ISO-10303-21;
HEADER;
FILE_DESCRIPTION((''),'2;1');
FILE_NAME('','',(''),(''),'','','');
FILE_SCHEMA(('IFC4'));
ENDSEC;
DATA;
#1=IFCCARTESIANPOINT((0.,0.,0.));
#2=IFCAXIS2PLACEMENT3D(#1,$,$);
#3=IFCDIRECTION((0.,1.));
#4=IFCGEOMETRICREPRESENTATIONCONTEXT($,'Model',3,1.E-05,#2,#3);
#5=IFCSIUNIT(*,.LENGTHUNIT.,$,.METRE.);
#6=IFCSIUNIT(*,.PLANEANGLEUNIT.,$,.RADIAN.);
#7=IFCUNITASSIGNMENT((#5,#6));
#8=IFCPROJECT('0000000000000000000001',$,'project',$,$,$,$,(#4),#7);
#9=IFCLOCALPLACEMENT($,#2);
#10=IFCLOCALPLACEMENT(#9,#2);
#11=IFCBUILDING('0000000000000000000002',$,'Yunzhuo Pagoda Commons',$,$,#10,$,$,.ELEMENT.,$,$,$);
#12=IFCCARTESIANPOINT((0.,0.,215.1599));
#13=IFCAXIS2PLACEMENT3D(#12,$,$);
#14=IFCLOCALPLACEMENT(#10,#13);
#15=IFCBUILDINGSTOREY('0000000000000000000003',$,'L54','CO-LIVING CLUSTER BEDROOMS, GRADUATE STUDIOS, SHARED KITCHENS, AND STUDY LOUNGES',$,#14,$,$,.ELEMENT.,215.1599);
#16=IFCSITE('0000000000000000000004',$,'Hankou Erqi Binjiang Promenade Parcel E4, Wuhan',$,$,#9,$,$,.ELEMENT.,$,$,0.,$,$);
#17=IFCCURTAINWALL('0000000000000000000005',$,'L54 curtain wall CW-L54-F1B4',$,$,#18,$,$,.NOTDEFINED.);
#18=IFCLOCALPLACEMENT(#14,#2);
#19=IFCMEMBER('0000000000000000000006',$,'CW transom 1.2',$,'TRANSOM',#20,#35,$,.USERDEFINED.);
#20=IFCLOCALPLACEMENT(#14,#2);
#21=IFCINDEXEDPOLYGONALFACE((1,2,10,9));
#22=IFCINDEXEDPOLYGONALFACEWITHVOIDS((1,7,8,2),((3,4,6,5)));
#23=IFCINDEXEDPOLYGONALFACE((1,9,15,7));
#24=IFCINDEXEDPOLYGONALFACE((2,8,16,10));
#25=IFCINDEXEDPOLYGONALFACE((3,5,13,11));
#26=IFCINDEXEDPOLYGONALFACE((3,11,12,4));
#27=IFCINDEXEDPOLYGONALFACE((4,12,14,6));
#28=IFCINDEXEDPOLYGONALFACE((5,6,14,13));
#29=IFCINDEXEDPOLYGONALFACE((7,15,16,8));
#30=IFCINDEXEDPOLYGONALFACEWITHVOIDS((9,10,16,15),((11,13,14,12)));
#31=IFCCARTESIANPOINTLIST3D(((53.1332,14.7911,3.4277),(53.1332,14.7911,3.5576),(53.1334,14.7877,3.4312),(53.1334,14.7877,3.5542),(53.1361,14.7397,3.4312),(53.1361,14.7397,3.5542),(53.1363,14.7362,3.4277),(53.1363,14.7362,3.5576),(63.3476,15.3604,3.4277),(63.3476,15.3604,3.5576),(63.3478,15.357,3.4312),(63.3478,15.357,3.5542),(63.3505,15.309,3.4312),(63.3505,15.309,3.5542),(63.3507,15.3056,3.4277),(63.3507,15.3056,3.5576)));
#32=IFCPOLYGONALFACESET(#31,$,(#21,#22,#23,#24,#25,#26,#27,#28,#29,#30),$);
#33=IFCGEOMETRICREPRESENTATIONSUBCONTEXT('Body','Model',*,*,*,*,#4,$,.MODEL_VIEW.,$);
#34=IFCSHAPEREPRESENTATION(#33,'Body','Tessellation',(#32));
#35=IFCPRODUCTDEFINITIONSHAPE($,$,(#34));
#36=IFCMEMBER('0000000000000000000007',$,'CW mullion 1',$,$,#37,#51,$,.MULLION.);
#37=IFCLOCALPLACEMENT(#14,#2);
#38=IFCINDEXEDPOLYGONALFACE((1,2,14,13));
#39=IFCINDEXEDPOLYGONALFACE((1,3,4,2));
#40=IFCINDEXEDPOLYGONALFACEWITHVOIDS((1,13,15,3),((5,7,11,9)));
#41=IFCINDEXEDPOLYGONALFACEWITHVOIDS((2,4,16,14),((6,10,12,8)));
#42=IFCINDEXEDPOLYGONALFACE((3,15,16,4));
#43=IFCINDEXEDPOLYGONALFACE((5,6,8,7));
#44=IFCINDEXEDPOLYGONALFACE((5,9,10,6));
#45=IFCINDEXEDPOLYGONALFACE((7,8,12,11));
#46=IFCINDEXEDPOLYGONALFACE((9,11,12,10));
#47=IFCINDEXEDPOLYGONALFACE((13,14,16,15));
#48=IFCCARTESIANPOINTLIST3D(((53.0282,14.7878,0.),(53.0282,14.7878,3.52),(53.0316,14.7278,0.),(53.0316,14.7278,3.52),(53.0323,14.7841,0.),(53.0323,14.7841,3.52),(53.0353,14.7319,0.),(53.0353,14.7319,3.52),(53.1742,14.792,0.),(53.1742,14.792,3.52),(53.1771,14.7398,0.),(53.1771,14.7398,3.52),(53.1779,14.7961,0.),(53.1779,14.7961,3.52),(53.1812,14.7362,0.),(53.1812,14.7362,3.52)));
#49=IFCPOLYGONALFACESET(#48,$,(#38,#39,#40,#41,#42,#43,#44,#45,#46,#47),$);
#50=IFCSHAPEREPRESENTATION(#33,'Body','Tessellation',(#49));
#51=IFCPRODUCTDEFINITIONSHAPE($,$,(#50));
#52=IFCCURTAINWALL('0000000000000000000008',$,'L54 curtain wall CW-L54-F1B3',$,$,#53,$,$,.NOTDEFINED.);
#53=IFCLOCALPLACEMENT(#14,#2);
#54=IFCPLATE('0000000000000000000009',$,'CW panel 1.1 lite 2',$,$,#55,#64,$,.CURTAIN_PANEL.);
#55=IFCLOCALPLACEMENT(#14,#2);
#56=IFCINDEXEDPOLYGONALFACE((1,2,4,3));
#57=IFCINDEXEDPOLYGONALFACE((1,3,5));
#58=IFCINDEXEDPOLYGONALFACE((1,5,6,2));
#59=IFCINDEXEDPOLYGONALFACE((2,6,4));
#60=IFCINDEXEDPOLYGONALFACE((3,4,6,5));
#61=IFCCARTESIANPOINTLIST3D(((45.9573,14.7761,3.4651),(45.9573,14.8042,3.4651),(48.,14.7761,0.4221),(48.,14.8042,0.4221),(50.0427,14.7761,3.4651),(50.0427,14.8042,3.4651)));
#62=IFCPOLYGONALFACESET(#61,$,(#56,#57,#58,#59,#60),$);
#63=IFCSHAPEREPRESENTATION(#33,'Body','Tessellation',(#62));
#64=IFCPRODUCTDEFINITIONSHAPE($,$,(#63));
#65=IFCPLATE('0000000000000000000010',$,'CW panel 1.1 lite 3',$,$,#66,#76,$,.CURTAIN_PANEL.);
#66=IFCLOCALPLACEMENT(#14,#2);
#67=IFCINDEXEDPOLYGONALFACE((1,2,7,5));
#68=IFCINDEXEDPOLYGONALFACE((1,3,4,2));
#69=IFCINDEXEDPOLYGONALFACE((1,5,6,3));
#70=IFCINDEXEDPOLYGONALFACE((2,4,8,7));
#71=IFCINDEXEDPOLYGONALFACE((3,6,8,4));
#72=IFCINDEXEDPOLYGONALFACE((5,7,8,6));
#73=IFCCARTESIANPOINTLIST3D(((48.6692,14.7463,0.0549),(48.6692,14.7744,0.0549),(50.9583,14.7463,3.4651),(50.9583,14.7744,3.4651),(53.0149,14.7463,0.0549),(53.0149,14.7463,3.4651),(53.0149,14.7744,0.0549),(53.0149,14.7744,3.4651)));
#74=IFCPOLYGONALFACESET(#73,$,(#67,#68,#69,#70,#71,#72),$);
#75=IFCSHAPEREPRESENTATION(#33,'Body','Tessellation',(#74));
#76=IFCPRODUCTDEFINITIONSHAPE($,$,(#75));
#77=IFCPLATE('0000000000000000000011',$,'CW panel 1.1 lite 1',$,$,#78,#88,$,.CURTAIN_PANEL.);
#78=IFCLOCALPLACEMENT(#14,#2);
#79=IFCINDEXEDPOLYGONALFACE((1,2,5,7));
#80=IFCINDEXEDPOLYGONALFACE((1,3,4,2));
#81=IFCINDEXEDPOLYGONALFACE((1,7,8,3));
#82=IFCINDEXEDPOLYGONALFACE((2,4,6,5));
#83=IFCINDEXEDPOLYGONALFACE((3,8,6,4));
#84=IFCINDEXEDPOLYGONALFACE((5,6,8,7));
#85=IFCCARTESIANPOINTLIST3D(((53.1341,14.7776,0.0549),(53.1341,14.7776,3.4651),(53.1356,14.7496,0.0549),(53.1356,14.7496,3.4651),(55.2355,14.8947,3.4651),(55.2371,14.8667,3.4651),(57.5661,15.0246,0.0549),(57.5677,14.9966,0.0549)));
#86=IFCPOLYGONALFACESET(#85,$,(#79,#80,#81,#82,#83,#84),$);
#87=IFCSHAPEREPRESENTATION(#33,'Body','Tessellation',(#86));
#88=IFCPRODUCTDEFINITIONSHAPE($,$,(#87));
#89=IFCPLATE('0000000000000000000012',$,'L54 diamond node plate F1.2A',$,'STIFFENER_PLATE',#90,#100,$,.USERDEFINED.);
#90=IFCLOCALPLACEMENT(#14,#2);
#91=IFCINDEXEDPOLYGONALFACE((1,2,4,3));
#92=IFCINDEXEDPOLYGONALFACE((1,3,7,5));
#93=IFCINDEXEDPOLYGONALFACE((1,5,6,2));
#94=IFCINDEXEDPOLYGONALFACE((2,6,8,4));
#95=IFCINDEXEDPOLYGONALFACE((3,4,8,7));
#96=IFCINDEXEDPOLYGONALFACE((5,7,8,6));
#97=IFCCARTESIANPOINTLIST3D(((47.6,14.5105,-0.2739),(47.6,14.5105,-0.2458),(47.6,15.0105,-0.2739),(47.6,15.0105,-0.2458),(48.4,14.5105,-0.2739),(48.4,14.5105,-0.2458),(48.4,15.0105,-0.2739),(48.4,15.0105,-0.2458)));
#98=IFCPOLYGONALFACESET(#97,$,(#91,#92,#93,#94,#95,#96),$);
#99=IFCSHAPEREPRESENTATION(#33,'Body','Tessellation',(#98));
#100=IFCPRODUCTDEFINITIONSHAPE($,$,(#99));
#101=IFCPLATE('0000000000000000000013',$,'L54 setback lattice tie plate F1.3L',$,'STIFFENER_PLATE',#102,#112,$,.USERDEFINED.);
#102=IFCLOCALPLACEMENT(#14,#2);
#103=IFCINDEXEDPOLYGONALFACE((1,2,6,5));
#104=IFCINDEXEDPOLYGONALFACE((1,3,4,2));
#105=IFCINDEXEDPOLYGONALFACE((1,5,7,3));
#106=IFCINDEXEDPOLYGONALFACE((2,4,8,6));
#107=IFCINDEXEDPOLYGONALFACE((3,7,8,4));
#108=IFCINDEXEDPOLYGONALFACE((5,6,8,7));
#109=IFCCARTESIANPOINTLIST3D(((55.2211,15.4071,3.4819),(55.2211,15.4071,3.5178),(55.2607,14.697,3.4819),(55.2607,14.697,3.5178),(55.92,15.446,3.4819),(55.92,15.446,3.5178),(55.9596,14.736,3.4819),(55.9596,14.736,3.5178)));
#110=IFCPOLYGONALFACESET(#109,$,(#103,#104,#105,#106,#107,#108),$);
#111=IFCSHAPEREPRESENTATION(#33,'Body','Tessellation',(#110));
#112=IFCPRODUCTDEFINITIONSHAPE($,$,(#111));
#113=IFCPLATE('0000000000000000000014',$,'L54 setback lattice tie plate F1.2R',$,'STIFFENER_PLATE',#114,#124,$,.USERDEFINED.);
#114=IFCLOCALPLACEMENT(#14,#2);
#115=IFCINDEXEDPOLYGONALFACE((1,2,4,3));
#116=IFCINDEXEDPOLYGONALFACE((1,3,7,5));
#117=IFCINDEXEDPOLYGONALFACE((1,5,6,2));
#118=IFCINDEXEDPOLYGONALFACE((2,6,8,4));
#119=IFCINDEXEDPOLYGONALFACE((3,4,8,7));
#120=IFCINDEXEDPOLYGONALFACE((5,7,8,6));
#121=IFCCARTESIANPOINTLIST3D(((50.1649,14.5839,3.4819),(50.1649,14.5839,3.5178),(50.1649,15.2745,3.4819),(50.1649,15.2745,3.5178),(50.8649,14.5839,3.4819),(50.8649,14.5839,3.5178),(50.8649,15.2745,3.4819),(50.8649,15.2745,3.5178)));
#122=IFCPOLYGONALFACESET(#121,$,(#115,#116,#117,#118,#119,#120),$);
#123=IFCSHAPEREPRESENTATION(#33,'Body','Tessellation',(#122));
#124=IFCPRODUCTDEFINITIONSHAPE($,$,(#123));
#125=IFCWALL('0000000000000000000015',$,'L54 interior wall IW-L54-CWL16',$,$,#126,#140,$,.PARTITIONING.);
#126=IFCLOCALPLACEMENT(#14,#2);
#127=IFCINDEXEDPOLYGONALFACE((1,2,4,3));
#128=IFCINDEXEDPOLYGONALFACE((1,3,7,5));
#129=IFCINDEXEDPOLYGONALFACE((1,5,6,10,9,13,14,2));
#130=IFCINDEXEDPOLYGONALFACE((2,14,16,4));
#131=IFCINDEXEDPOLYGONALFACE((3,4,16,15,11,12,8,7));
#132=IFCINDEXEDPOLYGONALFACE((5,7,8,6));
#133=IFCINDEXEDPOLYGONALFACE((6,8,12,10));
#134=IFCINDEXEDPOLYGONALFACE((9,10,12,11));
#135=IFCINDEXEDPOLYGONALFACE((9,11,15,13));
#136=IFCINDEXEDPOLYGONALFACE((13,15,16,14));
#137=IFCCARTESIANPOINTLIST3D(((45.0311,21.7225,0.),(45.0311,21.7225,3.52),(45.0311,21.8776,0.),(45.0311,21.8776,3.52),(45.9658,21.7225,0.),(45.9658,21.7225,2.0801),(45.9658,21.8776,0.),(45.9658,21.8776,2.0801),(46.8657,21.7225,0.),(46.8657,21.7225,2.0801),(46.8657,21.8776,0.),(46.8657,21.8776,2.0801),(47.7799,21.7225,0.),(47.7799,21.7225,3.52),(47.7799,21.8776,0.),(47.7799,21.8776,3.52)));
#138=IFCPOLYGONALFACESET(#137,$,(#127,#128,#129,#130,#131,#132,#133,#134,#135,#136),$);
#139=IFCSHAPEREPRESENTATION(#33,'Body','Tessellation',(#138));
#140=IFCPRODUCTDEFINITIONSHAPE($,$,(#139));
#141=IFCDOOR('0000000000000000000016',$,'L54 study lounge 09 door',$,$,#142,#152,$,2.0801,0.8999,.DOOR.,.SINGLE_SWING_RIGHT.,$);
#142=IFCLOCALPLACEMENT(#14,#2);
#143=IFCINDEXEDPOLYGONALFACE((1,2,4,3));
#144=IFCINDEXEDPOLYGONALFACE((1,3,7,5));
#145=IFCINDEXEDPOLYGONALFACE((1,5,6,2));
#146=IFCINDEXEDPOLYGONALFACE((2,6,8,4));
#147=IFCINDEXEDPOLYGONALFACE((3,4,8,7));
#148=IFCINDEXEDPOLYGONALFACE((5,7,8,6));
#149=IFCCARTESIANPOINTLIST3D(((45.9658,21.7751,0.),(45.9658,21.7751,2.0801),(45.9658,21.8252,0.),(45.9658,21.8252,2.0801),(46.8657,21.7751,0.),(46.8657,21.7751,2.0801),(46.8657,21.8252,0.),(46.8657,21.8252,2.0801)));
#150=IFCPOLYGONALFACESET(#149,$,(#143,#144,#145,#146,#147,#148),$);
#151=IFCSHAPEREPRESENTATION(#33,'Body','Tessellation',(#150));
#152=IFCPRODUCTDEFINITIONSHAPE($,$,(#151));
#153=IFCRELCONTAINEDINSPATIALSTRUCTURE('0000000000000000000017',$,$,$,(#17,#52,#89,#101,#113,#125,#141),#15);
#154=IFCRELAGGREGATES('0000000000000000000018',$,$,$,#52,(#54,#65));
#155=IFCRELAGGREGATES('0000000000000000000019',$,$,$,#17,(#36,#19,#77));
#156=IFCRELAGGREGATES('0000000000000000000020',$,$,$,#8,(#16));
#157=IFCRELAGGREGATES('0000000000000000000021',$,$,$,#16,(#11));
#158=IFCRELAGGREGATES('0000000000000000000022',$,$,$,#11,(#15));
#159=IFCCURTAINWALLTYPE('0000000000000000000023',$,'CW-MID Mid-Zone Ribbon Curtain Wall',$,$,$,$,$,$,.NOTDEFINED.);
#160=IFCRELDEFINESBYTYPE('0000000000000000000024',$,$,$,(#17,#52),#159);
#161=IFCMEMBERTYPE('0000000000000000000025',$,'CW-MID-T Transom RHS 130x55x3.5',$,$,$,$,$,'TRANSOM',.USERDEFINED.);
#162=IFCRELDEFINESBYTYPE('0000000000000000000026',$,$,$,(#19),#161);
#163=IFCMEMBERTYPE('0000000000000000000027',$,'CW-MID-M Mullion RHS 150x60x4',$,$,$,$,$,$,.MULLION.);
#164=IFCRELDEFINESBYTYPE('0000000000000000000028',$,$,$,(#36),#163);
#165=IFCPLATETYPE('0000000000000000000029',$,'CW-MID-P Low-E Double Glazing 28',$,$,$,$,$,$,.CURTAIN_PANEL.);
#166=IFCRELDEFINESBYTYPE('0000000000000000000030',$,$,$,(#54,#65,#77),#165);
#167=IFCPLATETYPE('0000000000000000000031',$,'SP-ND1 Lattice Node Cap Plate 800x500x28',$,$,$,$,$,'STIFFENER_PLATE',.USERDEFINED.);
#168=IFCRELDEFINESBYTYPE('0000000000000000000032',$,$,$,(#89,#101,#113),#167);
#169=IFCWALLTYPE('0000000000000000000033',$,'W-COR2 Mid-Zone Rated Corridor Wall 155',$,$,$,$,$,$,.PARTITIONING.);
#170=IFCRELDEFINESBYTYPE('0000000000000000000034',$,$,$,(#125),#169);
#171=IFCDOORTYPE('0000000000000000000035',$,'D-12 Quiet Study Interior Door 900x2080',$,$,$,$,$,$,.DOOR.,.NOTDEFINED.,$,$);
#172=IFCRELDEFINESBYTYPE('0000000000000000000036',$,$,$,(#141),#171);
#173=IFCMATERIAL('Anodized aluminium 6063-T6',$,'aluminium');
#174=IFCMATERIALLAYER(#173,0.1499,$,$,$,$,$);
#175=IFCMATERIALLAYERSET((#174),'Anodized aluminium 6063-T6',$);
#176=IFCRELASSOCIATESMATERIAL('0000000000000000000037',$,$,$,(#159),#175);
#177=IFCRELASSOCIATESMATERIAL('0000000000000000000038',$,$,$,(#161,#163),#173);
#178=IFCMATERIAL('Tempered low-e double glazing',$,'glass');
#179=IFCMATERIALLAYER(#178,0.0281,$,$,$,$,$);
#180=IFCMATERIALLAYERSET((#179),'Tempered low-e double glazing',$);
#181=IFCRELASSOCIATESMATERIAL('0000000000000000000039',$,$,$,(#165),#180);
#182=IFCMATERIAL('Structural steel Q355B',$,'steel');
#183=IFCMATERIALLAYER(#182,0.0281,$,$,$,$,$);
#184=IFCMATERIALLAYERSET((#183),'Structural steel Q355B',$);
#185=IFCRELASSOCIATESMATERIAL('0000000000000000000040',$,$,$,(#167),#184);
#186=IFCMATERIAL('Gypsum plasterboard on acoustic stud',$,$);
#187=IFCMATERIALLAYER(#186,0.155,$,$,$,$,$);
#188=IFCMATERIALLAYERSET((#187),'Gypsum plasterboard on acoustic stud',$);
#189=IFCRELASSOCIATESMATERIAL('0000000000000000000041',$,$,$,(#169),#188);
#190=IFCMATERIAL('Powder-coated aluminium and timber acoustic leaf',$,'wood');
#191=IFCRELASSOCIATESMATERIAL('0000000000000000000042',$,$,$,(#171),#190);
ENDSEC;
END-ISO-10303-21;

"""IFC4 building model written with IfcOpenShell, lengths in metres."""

from ifc_helpers import new_model, si_unit, direction, frame, frame_2d, origin, origin_with_axes, origin_2d, place, context, subcontext, project, spatial, polyline, rectangle, hollow_rectangle, outline, extrude, source, transform, mapped, material, layer, layer_set, material_profile, profile_set, type_object, element, fill, aggregate, save


model = new_model("IFC4")

# Units and contexts
model_context = context("Model", 3, precision=1e-05, world=origin(), true_north=direction((0.0, 1.0)))
body_context = subcontext(model_context, "Body", "Model", "MODEL_VIEW")
ifc_project = project(units=[si_unit("LENGTHUNIT", "METRE"), si_unit("PLANEANGLEUNIT", "RADIAN")], contexts=[model_context])

# Site, building, storey
site_placement = place(None, origin())
site = spatial("IfcSite", under=ifc_project, at=site_placement, Name="Hankou Erqi Binjiang Promenade Parcel E4, Wuhan", CompositionType="ELEMENT", RefElevation=0.0)
building_placement = place(site_placement, origin())
building = spatial("IfcBuilding", under=site, at=building_placement, Name="Yunzhuo Pagoda Commons", CompositionType="ELEMENT")
storey_placement = place(building_placement, frame((0.0, 0.0, 215.1599)))
storey = spatial("IfcBuildingStorey", under=building, at=storey_placement, Name="L54", Description="CO-LIVING CLUSTER BEDROOMS, GRADUATE STUDIOS, SHARED KITCHENS, AND STUDY LOUNGES", CompositionType="ELEMENT", Elevation=215.1599)

# Shared definitions
ifc_material_1 = material(Name="Structural steel Q355B", Category="steel")

# Curtain wall, members
ifc_material_2 = material(Name="Anodized aluminium 6063-T6", Category="aluminium")
ifc_layer_1 = layer(ifc_material_2, 0.1499)
ifc_layer_set_1 = layer_set([ifc_layer_1], Name="Anodized aluminium 6063-T6")
curtain_wall_type = type_object("IfcCurtainWallType", Name="CW-MID Mid-Zone Ribbon Curtain Wall", PredefinedType="NOTDEFINED", material=ifc_layer_set_1)
curtain_wall_1_placement = place(storey_placement, origin())
curtain_wall_1 = element("IfcCurtainWall", 1, at=curtain_wall_1_placement, inside=storey, type_object=curtain_wall_type, Name="L54 curtain wall CW-L54-F1B4", PredefinedType="NOTDEFINED")
ifc_material_profile_1 = material_profile(ifc_material_2, hollow_rectangle(XDim=0.0549, YDim=0.1299, WallThickness=0.0034, at=origin_2d()), Name="Anodized aluminium 6063-T6")
ifc_profile_set_1 = profile_set([ifc_material_profile_1], Name="Anodized aluminium 6063-T6")
member_type_1 = type_object("IfcMemberType", Name="CW-MID-T Transom RHS 130x55x3.5", ElementType="TRANSOM", PredefinedType="USERDEFINED", material=ifc_profile_set_1)
shared_shape_1 = source(origin(), body_context, "Body", "SweptSolid", [
    extrude(hollow_rectangle(XDim=0.0549, YDim=0.1299, WallThickness=0.0034, at=origin_2d()), origin(), (0.0, 0.0, 1.0), 10.2302),
])
member_1_placement = place(storey_placement, frame((53.1348, 14.7637, 3.4927), z_axis=(0.99845, 0.055652, 0.0), x_axis=(-0.055652, 0.99845, 0.0)))
member_1 = element("IfcMember", 2, at=member_1_placement, type_object=member_type_1, Name="CW transom 1.2", ObjectType="TRANSOM", PredefinedType="USERDEFINED", context=body_context, shape_type="MappedRepresentation", body=[
    mapped(shared_shape_1, transform((0.0, 0.0, 0.0), scale=1.0)),
])
ifc_material_profile_2 = material_profile(ifc_material_2, hollow_rectangle(XDim=0.0601, YDim=0.1499, WallThickness=0.0039, at=origin_2d()), Name="Anodized aluminium 6063-T6")
ifc_profile_set_2 = profile_set([ifc_material_profile_2], Name="Anodized aluminium 6063-T6")
member_type_2 = type_object("IfcMemberType", Name="CW-MID-M Mullion RHS 150x60x4", PredefinedType="MULLION", material=ifc_profile_set_2)
shared_shape_2 = source(origin(), body_context, "Body", "SweptSolid", [
    extrude(hollow_rectangle(XDim=0.0601, YDim=0.1499, WallThickness=0.0039, at=origin_2d()), origin(), (0.0, 0.0, 1.0), 3.52),
])
member_2_placement = place(storey_placement, frame((53.1047, 14.762, 0.0), z_axis=(0.0, 0.0, 1.0), x_axis=(-0.055642, 0.998451, 0.0)))
member_2 = element("IfcMember", 3, at=member_2_placement, type_object=member_type_2, Name="CW mullion 1", PredefinedType="MULLION", context=body_context, shape_type="MappedRepresentation", body=[
    mapped(shared_shape_2, transform((0.0, 0.0, 0.0), scale=1.0)),
])

# Curtain wall, plates
curtain_wall_2_placement = place(storey_placement, origin())
curtain_wall_2 = element("IfcCurtainWall", 4, at=curtain_wall_2_placement, inside=storey, type_object=curtain_wall_type, Name="L54 curtain wall CW-L54-F1B3", PredefinedType="NOTDEFINED")
ifc_material_3 = material(Name="Tempered low-e double glazing", Category="glass")
ifc_layer_2 = layer(ifc_material_3, 0.0281)
ifc_layer_set_2 = layer_set([ifc_layer_2], Name="Tempered low-e double glazing")
plate_type_1 = type_object("IfcPlateType", Name="CW-MID-P Low-E Double Glazing 28", PredefinedType="CURTAIN_PANEL", material=ifc_layer_set_2)
plate_1_placement = place(storey_placement, frame((48.0, 14.8042, 1.9436), z_axis=(0.0, -1.0, 0.0), x_axis=(1.0, 0.0, 0.0)))
plate_1 = element("IfcPlate", 5, at=plate_1_placement, type_object=plate_type_1, Name="CW panel 1.1 lite 2", PredefinedType="CURTAIN_PANEL", context=body_context, shape_type="SweptSolid", body=[
    extrude(outline(polyline([(-2.0427, 1.5215), (0.0, -1.5215), (2.0427, 1.5215), (-2.0427, 1.5215)])), origin(), (0.0, 0.0, 1.0), 0.0281),
])
plate_2_placement = place(storey_placement, frame((50.842, 14.7744, 1.76), z_axis=(0.0, -1.0, 0.0), x_axis=(1.0, 0.0, 0.0)))
plate_2 = element("IfcPlate", 6, at=plate_2_placement, type_object=plate_type_1, Name="CW panel 1.1 lite 3", PredefinedType="CURTAIN_PANEL", context=body_context, shape_type="SweptSolid", body=[
    extrude(outline(polyline([(-2.1729, -1.7051), (2.1729, -1.7051), (2.1729, 1.7051), (0.1162, 1.7051), (-2.1729, -1.7051)])), origin(), (0.0, 0.0, 1.0), 0.0281),
])
aggregate(curtain_wall_2, [plate_1, plate_2])

# Plate
plate_3_placement = place(storey_placement, frame((55.3501, 14.9011, 1.76), z_axis=(0.055642, -0.998451, 0.0), x_axis=(0.998451, 0.055642, 0.0)))
plate_3 = element("IfcPlate", 7, at=plate_3_placement, type_object=plate_type_1, Name="CW panel 1.1 lite 1", PredefinedType="CURTAIN_PANEL", context=body_context, shape_type="SweptSolid", body=[
    extrude(outline(polyline([(-2.2195, -1.7051), (2.2195, -1.7051), (-0.1147, 1.7051), (-2.2195, 1.7051), (-2.2195, -1.7051)])), origin(), (0.0, 0.0, 1.0), 0.0281),
])
aggregate(curtain_wall_1, [member_2, member_1, plate_3])

# Plates
ifc_layer_3 = layer(ifc_material_1, 0.0281)
ifc_layer_set_3 = layer_set([ifc_layer_3], Name="Structural steel Q355B")
plate_type_2 = type_object("IfcPlateType", Name="SP-ND1 Lattice Node Cap Plate 800x500x28", ElementType="STIFFENER_PLATE", PredefinedType="USERDEFINED", material=ifc_layer_set_3)
shared_shape_3 = source(origin(), body_context, "Body", "SweptSolid", [
    extrude(rectangle(XDim=0.8, YDim=0.5, at=origin_2d()), origin(), (0.0, 0.0, 1.0), 0.0281),
])
plate_4_placement = place(storey_placement, frame((48.0, 14.7605, -0.2739), z_axis=(0.0, 0.0, 1.0), x_axis=(1.0, 0.0, 0.0)))
element("IfcPlate", 8, at=plate_4_placement, inside=storey, type_object=plate_type_2, Name="L54 diamond node plate F1.2A", ObjectType="STIFFENER_PLATE", PredefinedType="USERDEFINED", context=body_context, shape_type="MappedRepresentation", body=[
    mapped(shared_shape_3, transform((0.0, 0.0, 0.0), scale=1.0)),
])
shared_shape_4 = source(origin(), body_context, "Body", "SweptSolid", [
    extrude(rectangle(XDim=0.7, YDim=0.7112, at=origin_2d()), origin(), (0.0, 0.0, 1.0), 0.0359),
])
plate_5_placement = place(storey_placement, frame((55.5903, 15.0715, 3.4819), z_axis=(0.0, 0.0, 1.0), x_axis=(0.99845, 0.055647, 0.0)))
element("IfcPlate", 9, at=plate_5_placement, inside=storey, type_object=plate_type_2, Name="L54 setback lattice tie plate F1.3L", ObjectType="STIFFENER_PLATE", PredefinedType="USERDEFINED", context=body_context, shape_type="MappedRepresentation", body=[
    mapped(shared_shape_4, transform((0.0, 0.0, 0.0), scale=1.0)),
])
shared_shape_5 = source(origin(), body_context, "Body", "SweptSolid", [
    extrude(rectangle(XDim=0.7, YDim=0.6907, at=origin_2d()), origin(), (0.0, 0.0, 1.0), 0.0359),
])
plate_6_placement = place(storey_placement, frame((50.5149, 14.9292, 3.4819), z_axis=(0.0, 0.0, 1.0), x_axis=(1.0, 0.0, 0.0)))
element("IfcPlate", 10, at=plate_6_placement, inside=storey, type_object=plate_type_2, Name="L54 setback lattice tie plate F1.2R", ObjectType="STIFFENER_PLATE", PredefinedType="USERDEFINED", context=body_context, shape_type="MappedRepresentation", body=[
    mapped(shared_shape_5, transform((0.0, 0.0, 0.0), scale=1.0)),
])

# Wall, opening, door
ifc_material_4 = material(Name="Gypsum plasterboard on acoustic stud")
ifc_layer_4 = layer(ifc_material_4, 0.155)
ifc_layer_set_4 = layer_set([ifc_layer_4], Name="Gypsum plasterboard on acoustic stud")
wall_type_1 = type_object("IfcWallType", Name="W-COR2 Mid-Zone Rated Corridor Wall 155", PredefinedType="PARTITIONING", material=ifc_layer_set_4)
wall_1_placement = place(storey_placement, frame((47.78, 21.8, 0.0), z_axis=(0.0, 0.0, 1.0), x_axis=(-1.0, 0.0, 0.0)))
wall_1 = element("IfcWall", 11, at=wall_1_placement, inside=storey, type_object=wall_type_1, Name="L54 interior wall IW-L54-CWL16", PredefinedType="PARTITIONING", context=body_context, shape_type="SweptSolid", body=[
    extrude(rectangle(XDim=2.7488, YDim=0.155, at=frame_2d((1.3745, 0.0))), origin(), (0.0, 0.0, 1.0), 3.52),
])
opening_1_placement = place(wall_1_placement, frame((0.9143, 0.0, 0.0)))
opening_1 = element("IfcOpeningElement", 12, at=opening_1_placement, cuts=wall_1, PredefinedType="OPENING", context=body_context, shape_type="SweptSolid", body=[
    extrude(rectangle(XDim=0.8999, YDim=2.0801, at=frame_2d((0.45, 1.04))), frame((0.0, 0.0874, 0.0), z_axis=(0.0, -1.0, 0.0), x_axis=(1.0, 0.0, 0.0)), (0.0, 0.0, 1.0), 0.175),
])
ifc_material_5 = material(Name="Powder-coated aluminium and timber acoustic leaf", Category="wood")
door_type_1 = type_object("IfcDoorType", Name="D-12 Quiet Study Interior Door 900x2080", OperationType="NOTDEFINED", PredefinedType="DOOR", material=ifc_material_5)
shared_shape_6 = source(origin(), body_context, "Body", "SweptSolid", [
    extrude(rectangle(XDim=0.8999, YDim=2.0801, at=frame_2d((0.45, 1.04))), frame((0.0, 0.0249, 0.0), z_axis=(0.0, -1.0, 0.0), x_axis=(1.0, 0.0, 0.0)), (0.0, 0.0, 1.0), 0.05),
])
door_1_placement = place(opening_1_placement, origin_with_axes())
door_1 = element("IfcDoor", 13, at=door_1_placement, inside=storey, type_object=door_type_1, Name="L54 study lounge 09 door", OperationType="SINGLE_SWING_RIGHT", OverallHeight=2.0801, OverallWidth=0.8999, PredefinedType="DOOR", context=body_context, shape_type="MappedRepresentation", body=[
    mapped(shared_shape_6, transform((0.0, 0.0, 0.0), scale=1.0)),
])
fill(opening_1, door_1)

save(model, "model.ifc")
